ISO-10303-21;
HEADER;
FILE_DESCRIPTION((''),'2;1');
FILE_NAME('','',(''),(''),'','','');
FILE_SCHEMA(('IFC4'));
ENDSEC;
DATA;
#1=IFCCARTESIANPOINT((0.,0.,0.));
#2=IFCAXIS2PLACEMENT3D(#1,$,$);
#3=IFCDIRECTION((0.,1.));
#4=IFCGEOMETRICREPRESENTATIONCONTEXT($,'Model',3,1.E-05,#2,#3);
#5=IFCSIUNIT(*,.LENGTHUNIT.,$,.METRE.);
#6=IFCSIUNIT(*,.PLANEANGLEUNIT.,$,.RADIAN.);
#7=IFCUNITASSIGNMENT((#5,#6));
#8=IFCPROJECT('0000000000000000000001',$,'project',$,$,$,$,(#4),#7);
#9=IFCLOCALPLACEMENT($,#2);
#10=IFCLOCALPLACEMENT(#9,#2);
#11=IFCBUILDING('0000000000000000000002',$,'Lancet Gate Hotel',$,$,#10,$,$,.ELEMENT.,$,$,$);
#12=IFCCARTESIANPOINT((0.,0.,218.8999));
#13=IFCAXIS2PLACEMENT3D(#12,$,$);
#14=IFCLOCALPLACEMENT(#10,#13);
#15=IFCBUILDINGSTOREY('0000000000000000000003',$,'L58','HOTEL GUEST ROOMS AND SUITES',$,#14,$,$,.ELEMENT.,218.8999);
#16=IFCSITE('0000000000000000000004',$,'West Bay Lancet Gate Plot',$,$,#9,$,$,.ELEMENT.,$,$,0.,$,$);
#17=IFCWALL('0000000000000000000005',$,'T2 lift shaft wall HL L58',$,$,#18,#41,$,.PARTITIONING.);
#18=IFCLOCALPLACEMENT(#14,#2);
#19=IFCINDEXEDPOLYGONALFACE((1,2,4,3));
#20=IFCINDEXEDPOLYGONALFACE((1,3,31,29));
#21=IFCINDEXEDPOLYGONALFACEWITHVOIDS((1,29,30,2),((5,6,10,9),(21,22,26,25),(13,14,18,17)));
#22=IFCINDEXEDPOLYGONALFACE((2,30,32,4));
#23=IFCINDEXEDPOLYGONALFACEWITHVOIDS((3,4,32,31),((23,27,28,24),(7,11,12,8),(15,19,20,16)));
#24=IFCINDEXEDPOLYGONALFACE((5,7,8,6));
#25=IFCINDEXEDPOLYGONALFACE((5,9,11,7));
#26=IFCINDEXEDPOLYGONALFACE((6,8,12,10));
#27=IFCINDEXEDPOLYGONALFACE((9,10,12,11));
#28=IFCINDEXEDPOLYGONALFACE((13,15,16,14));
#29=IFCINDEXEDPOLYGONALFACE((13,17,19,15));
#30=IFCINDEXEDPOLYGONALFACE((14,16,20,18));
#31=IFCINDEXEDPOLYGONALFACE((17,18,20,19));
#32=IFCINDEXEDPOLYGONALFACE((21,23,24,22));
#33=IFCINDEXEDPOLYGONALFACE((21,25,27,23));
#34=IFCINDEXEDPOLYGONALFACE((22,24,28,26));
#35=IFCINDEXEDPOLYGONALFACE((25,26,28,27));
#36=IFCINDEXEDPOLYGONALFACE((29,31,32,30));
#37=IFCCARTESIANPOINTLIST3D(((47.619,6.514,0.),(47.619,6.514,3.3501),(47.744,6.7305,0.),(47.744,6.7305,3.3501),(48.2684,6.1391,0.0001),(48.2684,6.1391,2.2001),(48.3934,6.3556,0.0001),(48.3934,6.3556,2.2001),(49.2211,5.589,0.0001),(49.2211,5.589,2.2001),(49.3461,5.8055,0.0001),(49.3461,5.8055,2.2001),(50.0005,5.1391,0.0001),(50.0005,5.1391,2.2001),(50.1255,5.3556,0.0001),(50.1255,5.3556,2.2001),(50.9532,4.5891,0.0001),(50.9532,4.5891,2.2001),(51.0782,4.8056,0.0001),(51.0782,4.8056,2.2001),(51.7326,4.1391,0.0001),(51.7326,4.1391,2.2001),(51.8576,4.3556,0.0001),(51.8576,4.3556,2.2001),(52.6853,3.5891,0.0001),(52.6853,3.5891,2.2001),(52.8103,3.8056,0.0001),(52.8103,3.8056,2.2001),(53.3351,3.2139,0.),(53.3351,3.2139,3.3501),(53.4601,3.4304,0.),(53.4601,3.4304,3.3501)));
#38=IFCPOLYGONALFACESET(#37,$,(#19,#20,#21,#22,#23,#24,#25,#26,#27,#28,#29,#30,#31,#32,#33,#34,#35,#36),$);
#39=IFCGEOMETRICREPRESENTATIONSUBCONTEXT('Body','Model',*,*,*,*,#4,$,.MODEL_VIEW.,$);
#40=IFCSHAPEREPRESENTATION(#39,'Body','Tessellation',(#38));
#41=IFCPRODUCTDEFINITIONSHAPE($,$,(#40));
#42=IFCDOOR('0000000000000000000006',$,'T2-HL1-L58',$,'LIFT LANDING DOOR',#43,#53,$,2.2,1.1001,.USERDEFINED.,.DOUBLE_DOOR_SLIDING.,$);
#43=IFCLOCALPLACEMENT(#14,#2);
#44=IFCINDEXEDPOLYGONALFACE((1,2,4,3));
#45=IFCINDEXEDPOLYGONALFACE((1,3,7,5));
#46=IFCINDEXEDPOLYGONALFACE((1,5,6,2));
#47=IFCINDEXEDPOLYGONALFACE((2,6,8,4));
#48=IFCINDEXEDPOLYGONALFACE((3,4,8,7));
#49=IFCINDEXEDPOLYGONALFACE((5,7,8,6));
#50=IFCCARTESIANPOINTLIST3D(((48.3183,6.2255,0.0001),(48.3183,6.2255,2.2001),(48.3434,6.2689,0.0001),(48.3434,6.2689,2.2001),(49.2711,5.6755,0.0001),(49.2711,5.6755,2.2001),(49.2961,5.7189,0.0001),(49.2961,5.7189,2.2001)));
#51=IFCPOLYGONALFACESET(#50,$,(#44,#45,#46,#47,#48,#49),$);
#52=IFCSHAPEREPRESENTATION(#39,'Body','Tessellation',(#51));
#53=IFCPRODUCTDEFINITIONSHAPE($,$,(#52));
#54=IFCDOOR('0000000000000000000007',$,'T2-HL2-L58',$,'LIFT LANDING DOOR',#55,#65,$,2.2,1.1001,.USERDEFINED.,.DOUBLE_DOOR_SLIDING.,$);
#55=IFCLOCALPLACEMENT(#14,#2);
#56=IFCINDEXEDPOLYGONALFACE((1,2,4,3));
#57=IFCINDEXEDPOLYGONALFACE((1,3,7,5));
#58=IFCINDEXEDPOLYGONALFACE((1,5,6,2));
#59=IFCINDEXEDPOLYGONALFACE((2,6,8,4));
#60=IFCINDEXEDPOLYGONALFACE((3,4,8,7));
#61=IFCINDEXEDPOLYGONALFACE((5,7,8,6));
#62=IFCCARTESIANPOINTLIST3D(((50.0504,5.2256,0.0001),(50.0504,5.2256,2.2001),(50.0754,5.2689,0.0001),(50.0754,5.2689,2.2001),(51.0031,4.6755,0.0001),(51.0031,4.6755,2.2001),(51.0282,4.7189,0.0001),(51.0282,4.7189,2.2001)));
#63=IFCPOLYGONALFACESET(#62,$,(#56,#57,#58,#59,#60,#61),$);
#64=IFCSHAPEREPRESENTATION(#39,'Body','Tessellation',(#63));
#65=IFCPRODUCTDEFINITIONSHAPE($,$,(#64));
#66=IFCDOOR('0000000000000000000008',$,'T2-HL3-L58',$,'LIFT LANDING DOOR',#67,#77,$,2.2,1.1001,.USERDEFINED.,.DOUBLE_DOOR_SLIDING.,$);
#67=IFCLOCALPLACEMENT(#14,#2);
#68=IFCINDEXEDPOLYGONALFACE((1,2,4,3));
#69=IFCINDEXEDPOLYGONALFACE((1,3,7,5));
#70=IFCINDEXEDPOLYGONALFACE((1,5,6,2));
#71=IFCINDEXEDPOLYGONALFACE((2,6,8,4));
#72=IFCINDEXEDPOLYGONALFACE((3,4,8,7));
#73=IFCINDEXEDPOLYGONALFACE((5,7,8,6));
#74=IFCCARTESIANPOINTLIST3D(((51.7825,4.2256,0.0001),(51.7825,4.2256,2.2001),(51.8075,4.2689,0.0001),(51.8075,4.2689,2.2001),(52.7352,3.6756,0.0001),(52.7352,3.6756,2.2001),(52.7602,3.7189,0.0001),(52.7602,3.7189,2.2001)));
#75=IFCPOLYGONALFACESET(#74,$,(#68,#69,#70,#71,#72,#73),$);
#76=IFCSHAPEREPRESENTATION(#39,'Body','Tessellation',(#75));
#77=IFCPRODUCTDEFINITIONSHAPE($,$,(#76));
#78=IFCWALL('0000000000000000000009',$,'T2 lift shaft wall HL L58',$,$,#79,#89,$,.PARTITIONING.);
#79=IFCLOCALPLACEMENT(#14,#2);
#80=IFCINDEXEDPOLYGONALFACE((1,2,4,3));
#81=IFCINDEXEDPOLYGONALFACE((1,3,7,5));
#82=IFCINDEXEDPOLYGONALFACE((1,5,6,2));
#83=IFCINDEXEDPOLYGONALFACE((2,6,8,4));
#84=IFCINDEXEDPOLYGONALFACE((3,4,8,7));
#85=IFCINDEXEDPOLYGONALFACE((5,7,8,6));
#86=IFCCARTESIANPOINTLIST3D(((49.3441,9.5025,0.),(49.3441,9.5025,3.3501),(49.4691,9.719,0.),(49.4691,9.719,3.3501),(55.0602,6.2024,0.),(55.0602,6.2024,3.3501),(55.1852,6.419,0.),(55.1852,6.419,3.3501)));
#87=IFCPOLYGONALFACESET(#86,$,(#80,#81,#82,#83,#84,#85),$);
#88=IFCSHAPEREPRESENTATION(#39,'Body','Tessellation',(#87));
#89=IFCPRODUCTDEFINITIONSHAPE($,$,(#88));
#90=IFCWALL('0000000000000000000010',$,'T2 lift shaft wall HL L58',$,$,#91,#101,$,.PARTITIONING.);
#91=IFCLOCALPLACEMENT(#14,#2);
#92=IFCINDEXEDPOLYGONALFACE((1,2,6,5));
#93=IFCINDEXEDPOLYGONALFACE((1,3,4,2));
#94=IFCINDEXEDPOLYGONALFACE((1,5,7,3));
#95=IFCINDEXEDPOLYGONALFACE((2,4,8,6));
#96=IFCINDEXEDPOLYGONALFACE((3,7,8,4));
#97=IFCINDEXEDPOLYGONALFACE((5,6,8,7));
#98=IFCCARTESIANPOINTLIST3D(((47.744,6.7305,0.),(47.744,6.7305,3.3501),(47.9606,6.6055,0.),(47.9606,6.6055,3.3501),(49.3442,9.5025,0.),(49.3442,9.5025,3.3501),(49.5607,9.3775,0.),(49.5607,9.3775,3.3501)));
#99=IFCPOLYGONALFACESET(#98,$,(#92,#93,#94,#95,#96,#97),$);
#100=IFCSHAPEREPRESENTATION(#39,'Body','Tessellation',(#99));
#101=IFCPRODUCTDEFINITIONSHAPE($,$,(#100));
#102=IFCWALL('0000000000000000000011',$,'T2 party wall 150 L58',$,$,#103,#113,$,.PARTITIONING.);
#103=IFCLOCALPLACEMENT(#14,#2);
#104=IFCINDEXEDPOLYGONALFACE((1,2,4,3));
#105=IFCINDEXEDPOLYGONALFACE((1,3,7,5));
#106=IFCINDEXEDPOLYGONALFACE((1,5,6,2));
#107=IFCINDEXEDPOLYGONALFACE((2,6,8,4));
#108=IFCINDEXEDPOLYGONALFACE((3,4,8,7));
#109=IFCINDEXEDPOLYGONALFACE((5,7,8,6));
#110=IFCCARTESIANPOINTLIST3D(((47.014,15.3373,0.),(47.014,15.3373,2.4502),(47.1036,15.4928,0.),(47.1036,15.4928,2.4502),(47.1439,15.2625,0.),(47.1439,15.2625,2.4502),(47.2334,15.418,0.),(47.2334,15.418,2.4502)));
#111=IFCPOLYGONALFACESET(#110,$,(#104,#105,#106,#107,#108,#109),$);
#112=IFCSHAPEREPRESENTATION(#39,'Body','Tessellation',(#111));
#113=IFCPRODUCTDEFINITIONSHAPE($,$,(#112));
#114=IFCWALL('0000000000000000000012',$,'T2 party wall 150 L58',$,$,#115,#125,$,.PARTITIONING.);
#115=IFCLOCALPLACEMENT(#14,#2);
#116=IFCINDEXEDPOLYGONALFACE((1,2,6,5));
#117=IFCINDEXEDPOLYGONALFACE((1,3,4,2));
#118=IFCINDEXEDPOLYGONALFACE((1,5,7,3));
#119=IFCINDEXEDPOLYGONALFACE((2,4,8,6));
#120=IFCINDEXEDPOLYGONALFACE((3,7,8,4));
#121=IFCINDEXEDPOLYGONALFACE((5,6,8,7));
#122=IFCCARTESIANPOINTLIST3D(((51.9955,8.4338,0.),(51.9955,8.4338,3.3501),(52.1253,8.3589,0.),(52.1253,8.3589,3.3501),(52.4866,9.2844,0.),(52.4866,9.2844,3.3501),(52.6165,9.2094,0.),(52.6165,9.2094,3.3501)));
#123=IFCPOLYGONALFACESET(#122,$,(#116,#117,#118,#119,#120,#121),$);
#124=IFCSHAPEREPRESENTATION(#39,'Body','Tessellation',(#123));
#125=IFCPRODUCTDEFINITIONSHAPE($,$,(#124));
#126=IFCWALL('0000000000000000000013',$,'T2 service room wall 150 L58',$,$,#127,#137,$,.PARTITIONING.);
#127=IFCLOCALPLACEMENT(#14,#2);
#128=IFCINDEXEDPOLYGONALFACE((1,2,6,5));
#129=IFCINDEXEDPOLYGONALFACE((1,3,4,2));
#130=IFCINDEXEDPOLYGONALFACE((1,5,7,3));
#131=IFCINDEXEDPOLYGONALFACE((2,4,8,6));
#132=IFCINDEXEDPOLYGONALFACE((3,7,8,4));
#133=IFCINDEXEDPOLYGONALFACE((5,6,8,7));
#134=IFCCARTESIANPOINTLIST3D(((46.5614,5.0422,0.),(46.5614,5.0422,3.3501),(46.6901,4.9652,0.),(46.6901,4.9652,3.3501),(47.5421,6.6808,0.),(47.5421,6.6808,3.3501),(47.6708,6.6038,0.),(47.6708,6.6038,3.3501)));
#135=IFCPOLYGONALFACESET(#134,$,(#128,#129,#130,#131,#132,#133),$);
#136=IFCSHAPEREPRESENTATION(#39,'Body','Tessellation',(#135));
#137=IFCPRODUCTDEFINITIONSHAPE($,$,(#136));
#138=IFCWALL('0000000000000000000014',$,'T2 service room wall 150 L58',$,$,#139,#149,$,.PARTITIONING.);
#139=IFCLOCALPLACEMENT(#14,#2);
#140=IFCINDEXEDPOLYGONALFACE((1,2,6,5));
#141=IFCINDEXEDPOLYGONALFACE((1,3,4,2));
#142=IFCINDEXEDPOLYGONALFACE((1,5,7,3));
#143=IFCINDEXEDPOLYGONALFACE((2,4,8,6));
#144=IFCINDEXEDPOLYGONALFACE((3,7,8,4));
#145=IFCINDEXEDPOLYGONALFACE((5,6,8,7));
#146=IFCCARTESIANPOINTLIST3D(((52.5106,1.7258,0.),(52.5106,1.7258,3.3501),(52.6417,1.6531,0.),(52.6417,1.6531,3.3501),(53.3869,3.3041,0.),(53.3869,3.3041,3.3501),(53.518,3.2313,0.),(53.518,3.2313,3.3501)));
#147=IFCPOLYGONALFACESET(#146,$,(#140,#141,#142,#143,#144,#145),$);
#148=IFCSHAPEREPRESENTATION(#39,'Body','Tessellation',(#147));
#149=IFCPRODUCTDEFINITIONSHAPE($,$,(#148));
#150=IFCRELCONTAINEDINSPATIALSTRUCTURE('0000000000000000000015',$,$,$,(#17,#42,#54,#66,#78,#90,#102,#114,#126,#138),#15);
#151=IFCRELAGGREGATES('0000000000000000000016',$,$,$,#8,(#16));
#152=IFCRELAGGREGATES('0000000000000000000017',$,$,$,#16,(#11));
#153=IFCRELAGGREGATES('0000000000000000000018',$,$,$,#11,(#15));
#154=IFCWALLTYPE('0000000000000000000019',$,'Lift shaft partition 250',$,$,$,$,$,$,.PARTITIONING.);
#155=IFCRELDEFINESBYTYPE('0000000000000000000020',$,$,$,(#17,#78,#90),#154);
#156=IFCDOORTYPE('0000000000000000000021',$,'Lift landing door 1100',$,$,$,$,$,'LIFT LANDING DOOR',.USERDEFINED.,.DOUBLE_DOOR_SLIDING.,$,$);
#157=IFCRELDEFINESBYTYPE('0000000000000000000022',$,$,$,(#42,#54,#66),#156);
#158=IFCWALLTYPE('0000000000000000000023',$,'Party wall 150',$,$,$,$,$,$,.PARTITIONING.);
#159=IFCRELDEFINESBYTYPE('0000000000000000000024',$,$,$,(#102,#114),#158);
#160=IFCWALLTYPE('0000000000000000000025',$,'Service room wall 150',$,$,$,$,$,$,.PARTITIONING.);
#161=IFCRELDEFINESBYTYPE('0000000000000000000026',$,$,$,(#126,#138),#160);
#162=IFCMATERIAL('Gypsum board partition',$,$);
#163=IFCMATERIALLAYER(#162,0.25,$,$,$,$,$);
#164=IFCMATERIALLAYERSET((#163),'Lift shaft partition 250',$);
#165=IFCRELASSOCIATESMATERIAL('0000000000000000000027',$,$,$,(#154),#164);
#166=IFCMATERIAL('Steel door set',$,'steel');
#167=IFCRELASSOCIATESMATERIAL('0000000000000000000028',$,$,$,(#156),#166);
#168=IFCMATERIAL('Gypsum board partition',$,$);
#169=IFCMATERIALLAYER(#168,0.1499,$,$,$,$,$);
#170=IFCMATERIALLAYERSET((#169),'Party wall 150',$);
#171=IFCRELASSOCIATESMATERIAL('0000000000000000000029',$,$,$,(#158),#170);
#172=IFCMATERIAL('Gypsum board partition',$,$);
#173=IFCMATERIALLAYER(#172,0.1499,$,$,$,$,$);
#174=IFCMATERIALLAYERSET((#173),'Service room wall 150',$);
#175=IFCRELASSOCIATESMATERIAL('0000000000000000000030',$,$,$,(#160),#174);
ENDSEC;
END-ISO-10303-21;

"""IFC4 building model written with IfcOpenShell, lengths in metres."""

from ifc_helpers import new_model, si_unit, direction, frame, frame_2d, origin, place, context, subcontext, project, spatial, rectangle, extrude, material, layer, layer_set, type_object, element, fill, save


model = new_model("IFC4")

# Units and contexts
model_context = context("Model", 3, precision=1e-05, world=origin(), true_north=direction((0.0, 1.0)))
body_context = subcontext(model_context, "Body", "Model", "MODEL_VIEW")
ifc_project = project(units=[si_unit("LENGTHUNIT", "METRE"), si_unit("PLANEANGLEUNIT", "RADIAN")], contexts=[model_context])

# Site, building, storey
site_placement = place(None, origin())
site = spatial("IfcSite", under=ifc_project, at=site_placement, Name="West Bay Lancet Gate Plot", CompositionType="ELEMENT", RefElevation=0.0)
building_placement = place(site_placement, origin())
building = spatial("IfcBuilding", under=site, at=building_placement, Name="Lancet Gate Hotel", CompositionType="ELEMENT")
storey_placement = place(building_placement, frame((0.0, 0.0, 218.8999)))
storey = spatial("IfcBuildingStorey", under=building, at=storey_placement, Name="L58", Description="HOTEL GUEST ROOMS AND SUITES", CompositionType="ELEMENT", Elevation=218.8999)

# Wall, openings, doors
ifc_material_1 = material(Name="Gypsum board partition")
ifc_layer_1 = layer(ifc_material_1, 0.25)
ifc_layer_set_1 = layer_set([ifc_layer_1], Name="Lift shaft partition 250")
wall_type_1 = type_object("IfcWallType", Name="Lift shaft partition 250", PredefinedType="PARTITIONING", material=ifc_layer_set_1)
wall_1_placement = place(storey_placement, frame((47.6814, 6.6223, 0.0), z_axis=(0.0, 0.0, 1.0), x_axis=(0.866033, -0.499986, 0.0)))
wall_1 = element("IfcWall", 1, at=wall_1_placement, inside=storey, type_object=wall_type_1, Name="T2 lift shaft wall HL L58", PredefinedType="PARTITIONING", context=body_context, shape_type="SweptSolid", body=[
    extrude(rectangle(XDim=6.6003, YDim=0.25, at=frame_2d((3.3003, 0.0))), origin(), (0.0, 0.0, 1.0), 3.3501),
])
opening_1_placement = place(wall_1_placement, frame((0.75, 0.0, 0.0)))
opening_1 = element("IfcOpeningElement", 2, at=opening_1_placement, cuts=wall_1, PredefinedType="OPENING", context=body_context, shape_type="SweptSolid", body=[
    extrude(rectangle(XDim=1.1001, YDim=2.2, at=frame_2d((0.55, 1.1001))), frame((0.0, 0.135, 0.0), z_axis=(0.0, -1.0, 0.0), x_axis=(1.0, 0.0, 0.0)), (0.0, 0.0, 1.0), 0.27),
])
opening_2_placement = place(wall_1_placement, frame((2.75, 0.0, 0.0)))
opening_2 = element("IfcOpeningElement", 3, at=opening_2_placement, cuts=wall_1, PredefinedType="OPENING", context=body_context, shape_type="SweptSolid", body=[
    extrude(rectangle(XDim=1.1001, YDim=2.2, at=frame_2d((0.55, 1.1001))), frame((0.0, 0.135, 0.0), z_axis=(0.0, -1.0, 0.0), x_axis=(1.0, 0.0, 0.0)), (0.0, 0.0, 1.0), 0.27),
])
opening_3_placement = place(wall_1_placement, frame((4.75, 0.0, 0.0)))
opening_3 = element("IfcOpeningElement", 4, at=opening_3_placement, cuts=wall_1, PredefinedType="OPENING", context=body_context, shape_type="SweptSolid", body=[
    extrude(rectangle(XDim=1.1001, YDim=2.2, at=frame_2d((0.55, 1.1001))), frame((0.0, 0.135, 0.0), z_axis=(0.0, -1.0, 0.0), x_axis=(1.0, 0.0, 0.0)), (0.0, 0.0, 1.0), 0.27),
])
ifc_material_2 = material(Name="Steel door set", Category="steel")
door_type_1 = type_object("IfcDoorType", Name="Lift landing door 1100", ElementType="LIFT LANDING DOOR", OperationType="DOUBLE_DOOR_SLIDING", PredefinedType="USERDEFINED", material=ifc_material_2)
door_1_placement = place(opening_1_placement, origin())
door_1 = element("IfcDoor", 5, at=door_1_placement, inside=storey, type_object=door_type_1, Name="T2-HL1-L58", ObjectType="LIFT LANDING DOOR", OperationType="DOUBLE_DOOR_SLIDING", OverallHeight=2.2, OverallWidth=1.1001, PredefinedType="USERDEFINED", context=body_context, shape_type="SweptSolid", body=[
    extrude(rectangle(XDim=1.1001, YDim=2.2, at=frame_2d((0.55, 1.1001))), frame((0.0, 0.0249, 0.0), z_axis=(0.0, -1.0, 0.0), x_axis=(1.0, 0.0, 0.0)), (0.0, 0.0, 1.0), 0.05),
])
fill(opening_1, door_1)
door_2_placement = place(opening_2_placement, origin())
door_2 = element("IfcDoor", 6, at=door_2_placement, inside=storey, type_object=door_type_1, Name="T2-HL2-L58", ObjectType="LIFT LANDING DOOR", OperationType="DOUBLE_DOOR_SLIDING", OverallHeight=2.2, OverallWidth=1.1001, PredefinedType="USERDEFINED", context=body_context, shape_type="SweptSolid", body=[
    extrude(rectangle(XDim=1.1001, YDim=2.2, at=frame_2d((0.55, 1.1001))), frame((0.0, 0.0249, 0.0), z_axis=(0.0, -1.0, 0.0), x_axis=(1.0, 0.0, 0.0)), (0.0, 0.0, 1.0), 0.05),
])
fill(opening_2, door_2)
door_3_placement = place(opening_3_placement, origin())
door_3 = element("IfcDoor", 7, at=door_3_placement, inside=storey, type_object=door_type_1, Name="T2-HL3-L58", ObjectType="LIFT LANDING DOOR", OperationType="DOUBLE_DOOR_SLIDING", OverallHeight=2.2, OverallWidth=1.1001, PredefinedType="USERDEFINED", context=body_context, shape_type="SweptSolid", body=[
    extrude(rectangle(XDim=1.1001, YDim=2.2, at=frame_2d((0.55, 1.1001))), frame((0.0, 0.0249, 0.0), z_axis=(0.0, -1.0, 0.0), x_axis=(1.0, 0.0, 0.0)), (0.0, 0.0, 1.0), 0.05),
])
fill(opening_3, door_3)

# Walls
wall_2_placement = place(storey_placement, frame((49.4065, 9.6108, 0.0), z_axis=(0.0, 0.0, 1.0), x_axis=(0.866033, -0.499986, 0.0)))
element("IfcWall", 8, at=wall_2_placement, inside=storey, type_object=wall_type_1, Name="T2 lift shaft wall HL L58", PredefinedType="PARTITIONING", context=body_context, shape_type="SweptSolid", body=[
    extrude(rectangle(XDim=6.6003, YDim=0.25, at=frame_2d((3.3003, 0.0))), origin(), (0.0, 0.0, 1.0), 3.3501),
])
wall_3_placement = place(storey_placement, frame((47.8523, 6.668, 0.0), z_axis=(0.0, 0.0, 1.0), x_axis=(0.499929, 0.866066, 0.0)))
element("IfcWall", 9, at=wall_3_placement, inside=storey, type_object=wall_type_1, Name="T2 lift shaft wall HL L58", PredefinedType="PARTITIONING", context=body_context, shape_type="SweptSolid", body=[
    extrude(rectangle(XDim=3.2007, YDim=0.25, at=frame_2d((1.6003, 0.0))), origin(), (0.0, 0.0, 1.0), 3.3501),
])
ifc_material_3 = material(Name="Gypsum board partition")
ifc_layer_2 = layer(ifc_material_3, 0.1499)
ifc_layer_set_2 = layer_set([ifc_layer_2], Name="Party wall 150")
wall_type_2 = type_object("IfcWallType", Name="Party wall 150", PredefinedType="PARTITIONING", material=ifc_layer_set_2)
wall_4_placement = place(storey_placement, frame((47.0789, 15.2998, 0.0), z_axis=(0.0, 0.0, 1.0), x_axis=(0.499212, 0.86648, 0.0)))
element("IfcWall", 10, at=wall_4_placement, inside=storey, type_object=wall_type_2, Name="T2 party wall 150 L58", PredefinedType="PARTITIONING", context=body_context, shape_type="SweptSolid", body=[
    extrude(rectangle(XDim=0.1794, YDim=0.1499, at=frame_2d((0.0898, 0.0))), origin(), (0.0, 0.0, 1.0), 2.4502),
])
wall_5_placement = place(storey_placement, frame((52.0603, 8.3962, 0.0), z_axis=(0.0, 0.0, 1.0), x_axis=(0.500095, 0.86597, 0.0)))
element("IfcWall", 11, at=wall_5_placement, inside=storey, type_object=wall_type_2, Name="T2 party wall 150 L58", PredefinedType="PARTITIONING", context=body_context, shape_type="SweptSolid", body=[
    extrude(rectangle(XDim=0.9822, YDim=0.1499, at=frame_2d((0.4912, 0.0))), origin(), (0.0, 0.0, 1.0), 3.3501),
])
ifc_material_4 = material(Name="Gypsum board partition")
ifc_layer_3 = layer(ifc_material_4, 0.1499)
ifc_layer_set_3 = layer_set([ifc_layer_3], Name="Service room wall 150")
wall_type_3 = type_object("IfcWallType", Name="Service room wall 150", PredefinedType="PARTITIONING", material=ifc_layer_set_3)
wall_6_placement = place(storey_placement, frame((47.6064, 6.6423, 0.0), z_axis=(0.0, 0.0, 1.0), x_axis=(-0.513537, -0.858068, 0.0)))
element("IfcWall", 12, at=wall_6_placement, inside=storey, type_object=wall_type_3, Name="T2 service room wall 150 L58", PredefinedType="PARTITIONING", context=body_context, shape_type="SweptSolid", body=[
    extrude(rectangle(XDim=1.9097, YDim=0.1499, at=frame_2d((0.9548, 0.0))), origin(), (0.0, 0.0, 1.0), 3.3501),
])
wall_7_placement = place(storey_placement, frame((52.5762, 1.6895, 0.0), z_axis=(0.0, 0.0, 1.0), x_axis=(0.485425, 0.874278, 0.0)))
element("IfcWall", 13, at=wall_7_placement, inside=storey, type_object=wall_type_3, Name="T2 service room wall 150 L58", PredefinedType="PARTITIONING", context=body_context, shape_type="SweptSolid", body=[
    extrude(rectangle(XDim=1.8052, YDim=0.1499, at=frame_2d((0.9026, 0.0))), origin(), (0.0, 0.0, 1.0), 3.3501),
])

save(model, "model.ifc")
